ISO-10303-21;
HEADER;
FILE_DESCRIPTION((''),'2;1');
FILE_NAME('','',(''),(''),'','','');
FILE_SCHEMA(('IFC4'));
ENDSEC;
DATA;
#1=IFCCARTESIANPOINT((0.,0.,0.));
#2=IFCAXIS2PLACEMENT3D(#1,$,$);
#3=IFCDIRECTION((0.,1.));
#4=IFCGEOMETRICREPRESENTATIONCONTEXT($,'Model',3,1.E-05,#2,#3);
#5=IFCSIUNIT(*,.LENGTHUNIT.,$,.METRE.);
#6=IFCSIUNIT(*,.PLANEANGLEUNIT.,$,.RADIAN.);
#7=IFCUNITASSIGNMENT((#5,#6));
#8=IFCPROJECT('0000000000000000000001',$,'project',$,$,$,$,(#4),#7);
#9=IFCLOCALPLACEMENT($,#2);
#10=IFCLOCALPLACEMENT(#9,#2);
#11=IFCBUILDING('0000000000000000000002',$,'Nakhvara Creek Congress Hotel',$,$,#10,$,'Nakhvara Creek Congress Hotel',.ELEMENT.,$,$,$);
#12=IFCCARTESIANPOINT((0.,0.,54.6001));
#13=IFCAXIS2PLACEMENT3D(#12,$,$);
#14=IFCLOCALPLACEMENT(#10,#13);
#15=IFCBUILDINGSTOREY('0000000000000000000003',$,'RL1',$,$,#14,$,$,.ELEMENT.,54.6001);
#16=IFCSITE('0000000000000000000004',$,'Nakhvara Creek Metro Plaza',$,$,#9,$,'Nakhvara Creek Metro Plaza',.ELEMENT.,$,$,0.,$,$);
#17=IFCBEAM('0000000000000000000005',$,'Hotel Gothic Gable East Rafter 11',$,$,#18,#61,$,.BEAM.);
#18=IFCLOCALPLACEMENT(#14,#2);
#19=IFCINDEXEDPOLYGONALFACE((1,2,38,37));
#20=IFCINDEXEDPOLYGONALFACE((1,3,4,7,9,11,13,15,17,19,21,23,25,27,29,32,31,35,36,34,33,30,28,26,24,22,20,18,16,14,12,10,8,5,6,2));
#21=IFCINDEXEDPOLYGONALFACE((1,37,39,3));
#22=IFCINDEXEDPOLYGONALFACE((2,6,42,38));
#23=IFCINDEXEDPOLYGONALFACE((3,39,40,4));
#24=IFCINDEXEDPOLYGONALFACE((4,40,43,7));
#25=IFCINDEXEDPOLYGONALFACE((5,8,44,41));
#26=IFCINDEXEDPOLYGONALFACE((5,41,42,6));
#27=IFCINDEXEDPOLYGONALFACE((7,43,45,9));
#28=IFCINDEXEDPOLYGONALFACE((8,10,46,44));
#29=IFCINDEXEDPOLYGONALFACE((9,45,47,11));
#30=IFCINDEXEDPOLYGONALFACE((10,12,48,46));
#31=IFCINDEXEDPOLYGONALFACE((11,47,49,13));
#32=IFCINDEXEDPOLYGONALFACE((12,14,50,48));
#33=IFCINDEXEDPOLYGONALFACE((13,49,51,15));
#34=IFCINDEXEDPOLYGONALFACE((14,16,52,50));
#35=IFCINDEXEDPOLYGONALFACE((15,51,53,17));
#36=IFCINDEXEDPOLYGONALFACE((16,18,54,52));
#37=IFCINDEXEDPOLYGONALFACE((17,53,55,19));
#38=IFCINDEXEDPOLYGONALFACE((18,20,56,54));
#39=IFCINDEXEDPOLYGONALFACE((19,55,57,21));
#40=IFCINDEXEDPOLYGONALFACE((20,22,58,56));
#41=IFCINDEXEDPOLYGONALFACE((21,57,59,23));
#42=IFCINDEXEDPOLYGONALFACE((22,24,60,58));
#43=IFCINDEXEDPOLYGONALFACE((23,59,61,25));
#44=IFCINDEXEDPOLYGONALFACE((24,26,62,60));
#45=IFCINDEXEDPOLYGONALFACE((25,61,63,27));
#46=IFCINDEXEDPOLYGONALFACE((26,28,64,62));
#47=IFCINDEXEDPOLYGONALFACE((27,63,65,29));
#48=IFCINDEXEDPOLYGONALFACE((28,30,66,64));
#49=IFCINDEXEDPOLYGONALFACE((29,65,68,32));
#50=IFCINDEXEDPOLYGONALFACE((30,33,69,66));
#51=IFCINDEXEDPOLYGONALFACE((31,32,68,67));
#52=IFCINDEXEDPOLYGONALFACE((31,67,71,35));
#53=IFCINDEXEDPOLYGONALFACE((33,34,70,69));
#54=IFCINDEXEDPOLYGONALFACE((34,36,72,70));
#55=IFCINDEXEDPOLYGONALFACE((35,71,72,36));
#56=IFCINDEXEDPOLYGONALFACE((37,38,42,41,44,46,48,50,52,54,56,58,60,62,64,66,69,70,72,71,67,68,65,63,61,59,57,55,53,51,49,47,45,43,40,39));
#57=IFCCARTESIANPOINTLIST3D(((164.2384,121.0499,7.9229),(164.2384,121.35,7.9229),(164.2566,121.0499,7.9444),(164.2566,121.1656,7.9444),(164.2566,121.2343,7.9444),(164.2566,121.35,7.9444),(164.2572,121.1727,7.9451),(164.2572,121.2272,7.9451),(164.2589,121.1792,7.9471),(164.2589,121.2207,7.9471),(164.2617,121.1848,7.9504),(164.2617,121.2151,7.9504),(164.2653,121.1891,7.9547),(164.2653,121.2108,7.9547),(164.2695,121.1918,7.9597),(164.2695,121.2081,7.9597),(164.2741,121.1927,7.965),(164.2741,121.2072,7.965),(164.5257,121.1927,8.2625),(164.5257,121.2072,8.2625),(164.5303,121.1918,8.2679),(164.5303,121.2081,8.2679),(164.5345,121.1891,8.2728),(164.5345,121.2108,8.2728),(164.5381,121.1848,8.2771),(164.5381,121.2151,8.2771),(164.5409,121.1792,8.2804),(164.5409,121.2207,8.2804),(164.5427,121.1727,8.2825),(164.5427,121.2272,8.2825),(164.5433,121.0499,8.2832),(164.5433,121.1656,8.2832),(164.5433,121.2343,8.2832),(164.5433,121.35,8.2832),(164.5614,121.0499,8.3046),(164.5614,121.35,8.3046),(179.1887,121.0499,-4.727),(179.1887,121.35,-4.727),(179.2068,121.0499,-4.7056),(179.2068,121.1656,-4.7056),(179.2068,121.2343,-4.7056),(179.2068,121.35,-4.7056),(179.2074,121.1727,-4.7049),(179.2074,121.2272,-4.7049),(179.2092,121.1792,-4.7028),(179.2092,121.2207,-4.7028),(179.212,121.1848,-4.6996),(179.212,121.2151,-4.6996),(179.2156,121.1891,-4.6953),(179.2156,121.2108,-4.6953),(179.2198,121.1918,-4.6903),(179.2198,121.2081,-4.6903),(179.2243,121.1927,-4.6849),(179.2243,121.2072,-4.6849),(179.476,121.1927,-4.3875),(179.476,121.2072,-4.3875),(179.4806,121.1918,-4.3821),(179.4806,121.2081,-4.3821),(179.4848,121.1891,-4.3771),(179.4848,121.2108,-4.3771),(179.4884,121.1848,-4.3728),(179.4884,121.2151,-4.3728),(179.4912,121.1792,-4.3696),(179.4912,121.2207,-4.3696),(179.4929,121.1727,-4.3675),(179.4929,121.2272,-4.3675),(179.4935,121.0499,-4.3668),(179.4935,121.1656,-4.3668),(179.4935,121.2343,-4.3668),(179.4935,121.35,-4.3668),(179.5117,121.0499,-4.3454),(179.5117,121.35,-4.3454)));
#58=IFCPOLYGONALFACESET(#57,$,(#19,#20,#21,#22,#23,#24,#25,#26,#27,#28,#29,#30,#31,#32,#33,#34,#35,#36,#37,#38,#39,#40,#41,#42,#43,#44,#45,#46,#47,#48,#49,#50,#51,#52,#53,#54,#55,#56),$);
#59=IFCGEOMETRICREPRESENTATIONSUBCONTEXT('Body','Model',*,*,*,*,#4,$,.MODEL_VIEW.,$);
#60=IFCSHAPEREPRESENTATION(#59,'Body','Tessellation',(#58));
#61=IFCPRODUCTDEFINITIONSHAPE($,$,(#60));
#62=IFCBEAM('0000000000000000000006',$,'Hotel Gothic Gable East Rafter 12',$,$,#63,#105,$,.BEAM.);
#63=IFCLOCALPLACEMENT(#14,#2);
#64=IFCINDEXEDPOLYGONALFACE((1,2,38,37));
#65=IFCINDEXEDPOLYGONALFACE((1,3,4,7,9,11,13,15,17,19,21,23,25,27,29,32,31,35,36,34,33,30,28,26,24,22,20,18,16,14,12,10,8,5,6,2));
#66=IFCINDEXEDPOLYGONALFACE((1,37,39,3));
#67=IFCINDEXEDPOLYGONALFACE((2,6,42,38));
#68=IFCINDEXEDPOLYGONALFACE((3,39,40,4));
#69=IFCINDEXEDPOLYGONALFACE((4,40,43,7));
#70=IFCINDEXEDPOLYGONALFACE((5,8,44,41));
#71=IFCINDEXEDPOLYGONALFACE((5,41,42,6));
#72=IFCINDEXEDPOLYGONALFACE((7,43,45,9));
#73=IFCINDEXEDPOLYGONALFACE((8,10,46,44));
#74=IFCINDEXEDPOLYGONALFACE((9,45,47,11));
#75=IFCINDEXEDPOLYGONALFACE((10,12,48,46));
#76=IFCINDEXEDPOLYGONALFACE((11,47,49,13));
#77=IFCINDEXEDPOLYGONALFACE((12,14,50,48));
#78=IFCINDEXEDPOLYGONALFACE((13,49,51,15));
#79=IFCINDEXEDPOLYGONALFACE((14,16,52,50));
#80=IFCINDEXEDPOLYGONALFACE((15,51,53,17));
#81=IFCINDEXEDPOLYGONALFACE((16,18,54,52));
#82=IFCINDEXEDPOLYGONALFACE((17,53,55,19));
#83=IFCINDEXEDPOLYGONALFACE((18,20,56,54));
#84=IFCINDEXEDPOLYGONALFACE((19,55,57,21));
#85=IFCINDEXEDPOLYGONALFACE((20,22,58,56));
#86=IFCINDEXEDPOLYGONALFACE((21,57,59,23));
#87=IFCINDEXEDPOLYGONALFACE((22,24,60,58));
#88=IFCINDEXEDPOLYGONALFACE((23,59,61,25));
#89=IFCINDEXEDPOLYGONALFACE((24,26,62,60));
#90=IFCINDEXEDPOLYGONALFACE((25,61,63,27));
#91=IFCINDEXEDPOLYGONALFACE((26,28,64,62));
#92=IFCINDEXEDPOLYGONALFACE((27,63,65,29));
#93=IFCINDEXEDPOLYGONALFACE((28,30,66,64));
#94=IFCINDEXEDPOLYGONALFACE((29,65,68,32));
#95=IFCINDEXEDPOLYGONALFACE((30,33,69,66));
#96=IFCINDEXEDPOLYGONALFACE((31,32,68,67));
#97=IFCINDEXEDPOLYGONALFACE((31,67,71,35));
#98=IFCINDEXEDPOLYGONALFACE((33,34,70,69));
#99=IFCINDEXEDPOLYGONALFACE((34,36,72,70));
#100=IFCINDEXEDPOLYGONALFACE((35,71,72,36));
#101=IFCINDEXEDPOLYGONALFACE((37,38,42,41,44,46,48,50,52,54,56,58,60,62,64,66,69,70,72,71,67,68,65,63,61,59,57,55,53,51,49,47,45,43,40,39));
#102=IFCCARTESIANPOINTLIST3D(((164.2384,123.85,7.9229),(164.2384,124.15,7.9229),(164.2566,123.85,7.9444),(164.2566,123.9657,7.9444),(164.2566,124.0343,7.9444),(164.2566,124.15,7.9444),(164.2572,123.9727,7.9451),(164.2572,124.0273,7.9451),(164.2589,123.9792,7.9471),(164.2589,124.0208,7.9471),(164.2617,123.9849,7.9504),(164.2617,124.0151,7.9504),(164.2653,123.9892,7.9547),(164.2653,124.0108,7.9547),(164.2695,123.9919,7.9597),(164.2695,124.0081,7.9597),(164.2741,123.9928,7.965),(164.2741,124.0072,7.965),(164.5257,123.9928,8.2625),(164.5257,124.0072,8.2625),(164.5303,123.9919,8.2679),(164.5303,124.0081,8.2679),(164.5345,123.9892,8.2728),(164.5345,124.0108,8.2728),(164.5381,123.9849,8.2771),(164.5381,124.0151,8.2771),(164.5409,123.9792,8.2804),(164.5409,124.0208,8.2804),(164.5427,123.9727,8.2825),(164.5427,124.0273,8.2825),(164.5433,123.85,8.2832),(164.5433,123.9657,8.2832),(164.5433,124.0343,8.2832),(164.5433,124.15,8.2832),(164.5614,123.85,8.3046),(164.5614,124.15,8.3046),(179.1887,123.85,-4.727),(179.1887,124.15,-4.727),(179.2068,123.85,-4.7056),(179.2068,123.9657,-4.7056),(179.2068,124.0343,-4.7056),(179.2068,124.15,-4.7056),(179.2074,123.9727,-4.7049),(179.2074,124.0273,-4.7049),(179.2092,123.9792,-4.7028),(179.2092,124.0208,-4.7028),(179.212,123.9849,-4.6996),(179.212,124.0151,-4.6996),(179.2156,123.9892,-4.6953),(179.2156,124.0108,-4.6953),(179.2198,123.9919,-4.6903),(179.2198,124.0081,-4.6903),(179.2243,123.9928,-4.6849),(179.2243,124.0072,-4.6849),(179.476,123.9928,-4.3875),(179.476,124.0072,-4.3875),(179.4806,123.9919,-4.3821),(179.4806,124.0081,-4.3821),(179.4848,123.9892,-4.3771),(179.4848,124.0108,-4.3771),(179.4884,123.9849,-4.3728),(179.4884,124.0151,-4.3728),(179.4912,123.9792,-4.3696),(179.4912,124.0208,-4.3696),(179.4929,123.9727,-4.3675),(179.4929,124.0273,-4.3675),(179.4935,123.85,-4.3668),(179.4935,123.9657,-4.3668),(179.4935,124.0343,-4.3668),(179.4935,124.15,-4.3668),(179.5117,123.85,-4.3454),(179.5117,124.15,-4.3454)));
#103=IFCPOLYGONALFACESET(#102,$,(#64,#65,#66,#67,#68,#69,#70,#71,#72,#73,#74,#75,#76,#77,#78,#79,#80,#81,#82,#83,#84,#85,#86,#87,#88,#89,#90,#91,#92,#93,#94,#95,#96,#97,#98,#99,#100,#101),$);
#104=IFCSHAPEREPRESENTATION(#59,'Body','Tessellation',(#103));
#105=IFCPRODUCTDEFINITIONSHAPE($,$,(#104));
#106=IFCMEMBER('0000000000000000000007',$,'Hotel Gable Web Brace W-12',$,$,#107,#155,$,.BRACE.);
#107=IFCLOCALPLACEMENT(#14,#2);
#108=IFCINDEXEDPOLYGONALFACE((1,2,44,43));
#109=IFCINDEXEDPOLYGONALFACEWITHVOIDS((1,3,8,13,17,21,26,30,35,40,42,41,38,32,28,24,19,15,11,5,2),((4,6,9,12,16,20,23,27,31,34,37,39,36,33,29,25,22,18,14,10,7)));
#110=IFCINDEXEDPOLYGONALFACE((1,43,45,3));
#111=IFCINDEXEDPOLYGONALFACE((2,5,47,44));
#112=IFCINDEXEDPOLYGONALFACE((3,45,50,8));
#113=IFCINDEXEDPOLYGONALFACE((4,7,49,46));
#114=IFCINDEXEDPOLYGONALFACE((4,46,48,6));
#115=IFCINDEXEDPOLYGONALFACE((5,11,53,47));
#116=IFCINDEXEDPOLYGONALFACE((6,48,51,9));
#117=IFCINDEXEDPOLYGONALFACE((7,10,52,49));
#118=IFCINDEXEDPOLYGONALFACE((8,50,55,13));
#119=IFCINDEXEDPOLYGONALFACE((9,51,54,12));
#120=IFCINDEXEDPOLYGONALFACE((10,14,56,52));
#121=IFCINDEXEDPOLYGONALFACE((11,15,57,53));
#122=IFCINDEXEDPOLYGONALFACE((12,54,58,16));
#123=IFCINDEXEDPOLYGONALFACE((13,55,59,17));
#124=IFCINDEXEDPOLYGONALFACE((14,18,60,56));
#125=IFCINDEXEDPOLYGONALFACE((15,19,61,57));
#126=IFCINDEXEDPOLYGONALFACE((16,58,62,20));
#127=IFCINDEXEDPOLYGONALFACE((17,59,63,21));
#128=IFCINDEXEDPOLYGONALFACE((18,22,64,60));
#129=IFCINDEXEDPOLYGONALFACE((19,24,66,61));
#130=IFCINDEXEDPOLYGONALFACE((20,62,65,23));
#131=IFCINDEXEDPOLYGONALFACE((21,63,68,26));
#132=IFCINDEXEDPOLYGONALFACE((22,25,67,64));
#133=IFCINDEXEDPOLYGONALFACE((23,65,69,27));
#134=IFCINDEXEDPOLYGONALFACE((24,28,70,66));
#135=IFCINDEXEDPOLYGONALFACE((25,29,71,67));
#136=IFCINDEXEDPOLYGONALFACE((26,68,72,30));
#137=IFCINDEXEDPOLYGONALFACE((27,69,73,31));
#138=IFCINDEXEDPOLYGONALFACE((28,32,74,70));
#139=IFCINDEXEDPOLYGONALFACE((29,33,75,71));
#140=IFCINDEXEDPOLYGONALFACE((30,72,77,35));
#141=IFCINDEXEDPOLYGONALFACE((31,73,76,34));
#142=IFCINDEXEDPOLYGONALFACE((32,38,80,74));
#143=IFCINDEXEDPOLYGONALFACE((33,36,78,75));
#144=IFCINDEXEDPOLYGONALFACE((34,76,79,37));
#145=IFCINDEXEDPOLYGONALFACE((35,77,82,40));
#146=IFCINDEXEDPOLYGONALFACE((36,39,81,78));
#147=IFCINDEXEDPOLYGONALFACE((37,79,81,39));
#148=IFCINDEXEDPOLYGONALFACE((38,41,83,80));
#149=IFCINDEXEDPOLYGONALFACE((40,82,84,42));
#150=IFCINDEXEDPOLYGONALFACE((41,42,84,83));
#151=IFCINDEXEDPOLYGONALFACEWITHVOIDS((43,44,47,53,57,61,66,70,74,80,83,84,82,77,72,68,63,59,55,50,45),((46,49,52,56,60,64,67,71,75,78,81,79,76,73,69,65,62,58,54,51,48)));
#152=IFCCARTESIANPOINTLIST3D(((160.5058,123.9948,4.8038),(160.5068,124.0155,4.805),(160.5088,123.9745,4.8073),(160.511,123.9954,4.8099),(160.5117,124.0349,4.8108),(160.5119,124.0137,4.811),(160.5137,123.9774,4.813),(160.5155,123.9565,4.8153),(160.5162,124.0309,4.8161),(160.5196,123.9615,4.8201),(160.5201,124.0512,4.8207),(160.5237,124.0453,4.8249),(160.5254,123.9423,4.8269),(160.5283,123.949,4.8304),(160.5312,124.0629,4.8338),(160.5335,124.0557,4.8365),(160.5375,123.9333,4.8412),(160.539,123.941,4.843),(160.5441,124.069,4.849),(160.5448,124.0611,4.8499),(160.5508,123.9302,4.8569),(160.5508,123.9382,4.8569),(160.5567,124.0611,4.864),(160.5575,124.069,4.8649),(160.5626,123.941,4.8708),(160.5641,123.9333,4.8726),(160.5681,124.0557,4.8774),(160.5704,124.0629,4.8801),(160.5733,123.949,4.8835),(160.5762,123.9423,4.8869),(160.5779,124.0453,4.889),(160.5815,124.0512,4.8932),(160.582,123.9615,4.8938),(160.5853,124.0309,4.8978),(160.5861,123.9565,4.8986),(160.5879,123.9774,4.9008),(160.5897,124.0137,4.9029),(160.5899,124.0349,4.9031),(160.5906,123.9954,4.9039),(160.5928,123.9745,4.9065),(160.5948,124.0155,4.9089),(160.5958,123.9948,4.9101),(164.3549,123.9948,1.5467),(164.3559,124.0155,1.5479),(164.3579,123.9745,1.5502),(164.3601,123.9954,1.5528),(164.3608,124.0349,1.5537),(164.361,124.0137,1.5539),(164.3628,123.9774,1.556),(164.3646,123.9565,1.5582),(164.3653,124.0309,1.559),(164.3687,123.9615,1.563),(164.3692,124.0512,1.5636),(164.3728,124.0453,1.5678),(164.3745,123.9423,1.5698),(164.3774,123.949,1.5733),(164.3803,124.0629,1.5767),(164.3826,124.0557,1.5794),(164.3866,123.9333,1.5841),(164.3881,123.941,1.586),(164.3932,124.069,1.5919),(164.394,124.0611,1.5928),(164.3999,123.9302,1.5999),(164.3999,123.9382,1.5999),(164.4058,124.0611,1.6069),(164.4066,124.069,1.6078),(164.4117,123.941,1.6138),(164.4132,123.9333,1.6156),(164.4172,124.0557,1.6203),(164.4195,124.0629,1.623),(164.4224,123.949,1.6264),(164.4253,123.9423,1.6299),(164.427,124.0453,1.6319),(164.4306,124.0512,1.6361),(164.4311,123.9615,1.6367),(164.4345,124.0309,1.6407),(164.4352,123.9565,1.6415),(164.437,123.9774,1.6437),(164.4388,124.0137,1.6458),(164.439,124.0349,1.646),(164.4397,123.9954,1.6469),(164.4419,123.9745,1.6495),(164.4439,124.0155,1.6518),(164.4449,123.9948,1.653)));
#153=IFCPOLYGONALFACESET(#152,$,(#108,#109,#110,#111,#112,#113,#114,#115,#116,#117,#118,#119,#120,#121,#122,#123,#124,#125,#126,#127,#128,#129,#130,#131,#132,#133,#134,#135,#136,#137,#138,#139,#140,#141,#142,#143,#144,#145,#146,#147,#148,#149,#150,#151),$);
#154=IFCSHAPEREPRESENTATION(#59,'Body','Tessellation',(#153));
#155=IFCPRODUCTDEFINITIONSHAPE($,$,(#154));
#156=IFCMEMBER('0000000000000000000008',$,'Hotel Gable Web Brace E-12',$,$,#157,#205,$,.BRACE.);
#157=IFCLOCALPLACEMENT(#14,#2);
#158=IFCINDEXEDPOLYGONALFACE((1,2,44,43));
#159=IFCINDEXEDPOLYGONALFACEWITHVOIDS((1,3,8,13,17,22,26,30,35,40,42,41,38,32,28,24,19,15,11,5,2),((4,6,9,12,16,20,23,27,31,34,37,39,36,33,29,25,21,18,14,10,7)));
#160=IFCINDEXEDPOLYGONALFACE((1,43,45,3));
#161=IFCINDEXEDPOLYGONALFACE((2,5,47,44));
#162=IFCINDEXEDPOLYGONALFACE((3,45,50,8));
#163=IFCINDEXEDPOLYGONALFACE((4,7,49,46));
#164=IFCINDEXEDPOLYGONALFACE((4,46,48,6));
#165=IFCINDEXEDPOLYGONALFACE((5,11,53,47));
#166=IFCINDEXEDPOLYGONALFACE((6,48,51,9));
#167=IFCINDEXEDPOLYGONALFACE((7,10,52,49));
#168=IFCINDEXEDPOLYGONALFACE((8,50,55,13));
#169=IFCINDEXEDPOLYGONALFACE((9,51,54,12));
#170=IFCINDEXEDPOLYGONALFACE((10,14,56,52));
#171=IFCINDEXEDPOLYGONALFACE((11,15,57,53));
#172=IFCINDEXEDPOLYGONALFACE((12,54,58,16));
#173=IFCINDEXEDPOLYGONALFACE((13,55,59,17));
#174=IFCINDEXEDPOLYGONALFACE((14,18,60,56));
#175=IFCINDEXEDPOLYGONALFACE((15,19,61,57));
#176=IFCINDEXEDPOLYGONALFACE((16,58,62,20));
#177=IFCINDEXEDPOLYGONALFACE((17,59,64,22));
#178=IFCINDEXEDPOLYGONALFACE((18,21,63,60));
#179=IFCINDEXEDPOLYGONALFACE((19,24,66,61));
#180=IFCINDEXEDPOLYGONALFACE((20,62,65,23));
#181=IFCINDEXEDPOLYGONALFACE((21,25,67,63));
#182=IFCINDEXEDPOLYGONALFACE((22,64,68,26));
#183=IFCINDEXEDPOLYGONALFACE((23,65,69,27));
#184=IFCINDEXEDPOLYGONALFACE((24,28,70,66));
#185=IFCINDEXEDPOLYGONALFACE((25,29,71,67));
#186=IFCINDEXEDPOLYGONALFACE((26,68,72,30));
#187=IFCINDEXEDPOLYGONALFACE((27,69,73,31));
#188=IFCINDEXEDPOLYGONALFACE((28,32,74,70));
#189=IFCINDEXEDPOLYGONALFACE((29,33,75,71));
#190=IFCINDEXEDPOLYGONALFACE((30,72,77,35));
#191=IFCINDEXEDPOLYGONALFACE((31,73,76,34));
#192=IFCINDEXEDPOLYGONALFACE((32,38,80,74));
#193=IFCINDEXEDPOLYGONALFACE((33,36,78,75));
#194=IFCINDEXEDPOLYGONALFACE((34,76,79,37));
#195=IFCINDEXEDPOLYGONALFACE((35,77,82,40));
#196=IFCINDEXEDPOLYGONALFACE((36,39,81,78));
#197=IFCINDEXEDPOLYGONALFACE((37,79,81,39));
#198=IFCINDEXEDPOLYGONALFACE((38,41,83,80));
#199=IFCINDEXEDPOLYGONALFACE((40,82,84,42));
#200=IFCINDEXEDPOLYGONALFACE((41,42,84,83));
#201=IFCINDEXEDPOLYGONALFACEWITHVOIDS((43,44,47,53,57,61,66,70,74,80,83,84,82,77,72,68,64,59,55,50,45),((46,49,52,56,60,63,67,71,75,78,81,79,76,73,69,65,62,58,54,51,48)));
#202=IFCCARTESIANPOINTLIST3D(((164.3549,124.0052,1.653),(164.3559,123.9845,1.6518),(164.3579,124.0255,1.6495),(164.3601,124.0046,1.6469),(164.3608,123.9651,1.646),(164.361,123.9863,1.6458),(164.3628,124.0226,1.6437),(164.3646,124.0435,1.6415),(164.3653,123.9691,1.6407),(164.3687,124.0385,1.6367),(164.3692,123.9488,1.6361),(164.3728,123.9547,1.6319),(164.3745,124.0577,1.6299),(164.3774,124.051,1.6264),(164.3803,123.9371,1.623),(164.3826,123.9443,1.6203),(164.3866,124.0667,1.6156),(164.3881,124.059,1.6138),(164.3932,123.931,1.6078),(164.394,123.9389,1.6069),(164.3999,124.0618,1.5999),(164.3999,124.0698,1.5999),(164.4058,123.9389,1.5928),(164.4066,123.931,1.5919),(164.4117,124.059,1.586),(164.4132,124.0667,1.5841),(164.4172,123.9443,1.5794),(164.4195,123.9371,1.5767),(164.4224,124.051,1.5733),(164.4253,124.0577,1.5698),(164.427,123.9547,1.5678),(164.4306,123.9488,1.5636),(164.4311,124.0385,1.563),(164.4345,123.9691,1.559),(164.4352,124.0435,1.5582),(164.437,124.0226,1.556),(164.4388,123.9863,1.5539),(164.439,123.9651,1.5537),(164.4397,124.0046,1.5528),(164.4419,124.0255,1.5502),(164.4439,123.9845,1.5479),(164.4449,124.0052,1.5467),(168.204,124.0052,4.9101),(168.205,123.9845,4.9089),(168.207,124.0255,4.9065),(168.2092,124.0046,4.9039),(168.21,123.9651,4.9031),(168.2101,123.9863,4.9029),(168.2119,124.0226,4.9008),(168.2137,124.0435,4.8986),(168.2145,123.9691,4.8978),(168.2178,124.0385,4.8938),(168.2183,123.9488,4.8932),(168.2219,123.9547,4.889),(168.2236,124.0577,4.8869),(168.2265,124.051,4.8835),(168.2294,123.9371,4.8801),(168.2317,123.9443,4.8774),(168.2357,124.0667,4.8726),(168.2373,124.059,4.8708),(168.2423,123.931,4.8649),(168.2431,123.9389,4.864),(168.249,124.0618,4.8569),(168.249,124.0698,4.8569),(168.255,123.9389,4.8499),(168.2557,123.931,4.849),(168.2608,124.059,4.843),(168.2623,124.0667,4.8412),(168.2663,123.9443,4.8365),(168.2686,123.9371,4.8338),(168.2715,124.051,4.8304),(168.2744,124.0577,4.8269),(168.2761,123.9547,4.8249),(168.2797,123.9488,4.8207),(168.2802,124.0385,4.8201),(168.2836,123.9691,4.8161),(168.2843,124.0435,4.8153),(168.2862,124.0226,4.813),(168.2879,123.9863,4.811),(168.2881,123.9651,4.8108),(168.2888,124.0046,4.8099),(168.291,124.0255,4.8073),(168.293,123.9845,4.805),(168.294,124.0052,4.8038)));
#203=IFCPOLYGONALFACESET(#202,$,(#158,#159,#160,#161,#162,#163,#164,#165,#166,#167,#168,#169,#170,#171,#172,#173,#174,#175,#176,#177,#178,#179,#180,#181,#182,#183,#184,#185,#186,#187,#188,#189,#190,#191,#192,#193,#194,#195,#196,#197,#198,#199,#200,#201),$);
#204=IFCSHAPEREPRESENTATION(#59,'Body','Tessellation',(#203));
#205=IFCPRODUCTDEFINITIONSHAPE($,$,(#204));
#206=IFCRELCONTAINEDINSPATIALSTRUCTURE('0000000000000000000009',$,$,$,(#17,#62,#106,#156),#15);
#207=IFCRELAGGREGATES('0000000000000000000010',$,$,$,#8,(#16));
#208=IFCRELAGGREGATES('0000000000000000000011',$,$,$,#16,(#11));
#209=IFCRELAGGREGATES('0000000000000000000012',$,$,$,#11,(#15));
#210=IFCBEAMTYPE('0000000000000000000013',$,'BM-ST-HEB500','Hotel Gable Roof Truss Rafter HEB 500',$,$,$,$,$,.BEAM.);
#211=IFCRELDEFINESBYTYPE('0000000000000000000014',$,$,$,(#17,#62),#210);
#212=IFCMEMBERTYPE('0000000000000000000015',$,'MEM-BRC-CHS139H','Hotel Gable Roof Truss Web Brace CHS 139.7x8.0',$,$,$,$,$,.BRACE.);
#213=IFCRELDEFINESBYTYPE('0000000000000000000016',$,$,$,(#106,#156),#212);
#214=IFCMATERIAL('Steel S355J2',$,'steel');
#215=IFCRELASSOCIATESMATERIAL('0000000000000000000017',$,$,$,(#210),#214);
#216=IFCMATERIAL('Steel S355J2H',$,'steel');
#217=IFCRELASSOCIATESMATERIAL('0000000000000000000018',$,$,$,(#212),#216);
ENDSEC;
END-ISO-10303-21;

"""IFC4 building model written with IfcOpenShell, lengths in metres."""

from ifc_helpers import new_model, si_unit, direction, frame, origin, origin_2d, place, context, subcontext, project, spatial, hollow_circle, i_section, extrude, material, material_profile, profile_set, type_object, element, save


model = new_model("IFC4")

# Units and contexts
model_context = context("Model", 3, precision=1e-05, world=origin(), true_north=direction((0.0, 1.0)))
body_context = subcontext(model_context, "Body", "Model", "MODEL_VIEW")
ifc_project = project(units=[si_unit("LENGTHUNIT", "METRE"), si_unit("PLANEANGLEUNIT", "RADIAN")], contexts=[model_context])

# Site, building, storey
site_placement = place(None, origin())
site = spatial("IfcSite", under=ifc_project, at=site_placement, Name="Nakhvara Creek Metro Plaza", LongName="Nakhvara Creek Metro Plaza", CompositionType="ELEMENT", RefElevation=0.0)
building_placement = place(site_placement, origin())
building = spatial("IfcBuilding", under=site, at=building_placement, Name="Nakhvara Creek Congress Hotel", LongName="Nakhvara Creek Congress Hotel", CompositionType="ELEMENT")
storey_placement = place(building_placement, frame((0.0, 0.0, 54.6001)))
storey = spatial("IfcBuildingStorey", under=building, at=storey_placement, Name="RL1", CompositionType="ELEMENT", Elevation=54.6001)

# Beams
ifc_material_1 = material(Name="Steel S355J2", Category="steel")
ifc_material_profile_1 = material_profile(ifc_material_1, i_section(OverallWidth=0.3, OverallDepth=0.5, WebThickness=0.0144, FlangeThickness=0.0281, FilletRadius=0.0271, at=origin_2d()), Name="HEB 500", Category="LoadBearing")
ifc_profile_set_1 = profile_set([ifc_material_profile_1], Name="Steel S355J2")
beam_type = type_object("IfcBeamType", Name="BM-ST-HEB500", Description="Hotel Gable Roof Truss Rafter HEB 500", PredefinedType="BEAM", material=ifc_profile_set_1)
for number, where, z_axis, x_axis, name in (
    (1, (164.3999, 121.2, 8.1138), (0.763393, 0.0, -0.645934), (0.0, 1.0, 0.0), "Hotel Gothic Gable East Rafter 11"),
    (2, (164.3999, 124.0, 8.1138), (0.763393, 0.0, -0.645934), (0.0, 1.0, 0.0), "Hotel Gothic Gable East Rafter 12"),
):
    element("IfcBeam", number, at=place(storey_placement, frame(where, z_axis=z_axis, x_axis=x_axis)), inside=storey, type_object=beam_type, Name=name, PredefinedType="BEAM", context=body_context, shape_type="SweptSolid", body=[
        extrude(i_section(OverallWidth=0.3, OverallDepth=0.5, WebThickness=0.0144, FlangeThickness=0.0281, FilletRadius=0.0271, at=origin_2d()), origin(), (0.0, 0.0, 1.0), 19.584),
    ])

# Members
ifc_material_2 = material(Name="Steel S355J2H", Category="steel")
ifc_material_profile_2 = material_profile(ifc_material_2, hollow_circle(Radius=0.0698, WallThickness=0.0081, at=origin_2d()), Name="CHS 139.7x8.0", Category="LoadBearing")
ifc_profile_set_2 = profile_set([ifc_material_profile_2], Name="Steel S355J2H")
member_type_1 = type_object("IfcMemberType", Name="MEM-BRC-CHS139H", Description="Hotel Gable Roof Truss Web Brace CHS 139.7x8.0", PredefinedType="BRACE", material=ifc_profile_set_2)
for number, where, z_axis, x_axis, name in (
    (3, (164.3999, 124.0, 1.5999), (-0.763373, 0.0, 0.645957), (0.0, -1.0, 0.0), "Hotel Gable Web Brace W-12"),
    (4, (164.3999, 124.0, 1.5999), (0.763373, 0.0, 0.645957), (0.0, 1.0, 0.0), "Hotel Gable Web Brace E-12"),
):
    element("IfcMember", number, at=place(storey_placement, frame(where, z_axis=z_axis, x_axis=x_axis)), inside=storey, type_object=member_type_1, Name=name, PredefinedType="BRACE", context=body_context, shape_type="SweptSolid", body=[
        extrude(hollow_circle(Radius=0.0698, WallThickness=0.0081, at=origin_2d()), origin(), (0.0, 0.0, 1.0), 5.0422),
    ])

save(model, "model.ifc")
